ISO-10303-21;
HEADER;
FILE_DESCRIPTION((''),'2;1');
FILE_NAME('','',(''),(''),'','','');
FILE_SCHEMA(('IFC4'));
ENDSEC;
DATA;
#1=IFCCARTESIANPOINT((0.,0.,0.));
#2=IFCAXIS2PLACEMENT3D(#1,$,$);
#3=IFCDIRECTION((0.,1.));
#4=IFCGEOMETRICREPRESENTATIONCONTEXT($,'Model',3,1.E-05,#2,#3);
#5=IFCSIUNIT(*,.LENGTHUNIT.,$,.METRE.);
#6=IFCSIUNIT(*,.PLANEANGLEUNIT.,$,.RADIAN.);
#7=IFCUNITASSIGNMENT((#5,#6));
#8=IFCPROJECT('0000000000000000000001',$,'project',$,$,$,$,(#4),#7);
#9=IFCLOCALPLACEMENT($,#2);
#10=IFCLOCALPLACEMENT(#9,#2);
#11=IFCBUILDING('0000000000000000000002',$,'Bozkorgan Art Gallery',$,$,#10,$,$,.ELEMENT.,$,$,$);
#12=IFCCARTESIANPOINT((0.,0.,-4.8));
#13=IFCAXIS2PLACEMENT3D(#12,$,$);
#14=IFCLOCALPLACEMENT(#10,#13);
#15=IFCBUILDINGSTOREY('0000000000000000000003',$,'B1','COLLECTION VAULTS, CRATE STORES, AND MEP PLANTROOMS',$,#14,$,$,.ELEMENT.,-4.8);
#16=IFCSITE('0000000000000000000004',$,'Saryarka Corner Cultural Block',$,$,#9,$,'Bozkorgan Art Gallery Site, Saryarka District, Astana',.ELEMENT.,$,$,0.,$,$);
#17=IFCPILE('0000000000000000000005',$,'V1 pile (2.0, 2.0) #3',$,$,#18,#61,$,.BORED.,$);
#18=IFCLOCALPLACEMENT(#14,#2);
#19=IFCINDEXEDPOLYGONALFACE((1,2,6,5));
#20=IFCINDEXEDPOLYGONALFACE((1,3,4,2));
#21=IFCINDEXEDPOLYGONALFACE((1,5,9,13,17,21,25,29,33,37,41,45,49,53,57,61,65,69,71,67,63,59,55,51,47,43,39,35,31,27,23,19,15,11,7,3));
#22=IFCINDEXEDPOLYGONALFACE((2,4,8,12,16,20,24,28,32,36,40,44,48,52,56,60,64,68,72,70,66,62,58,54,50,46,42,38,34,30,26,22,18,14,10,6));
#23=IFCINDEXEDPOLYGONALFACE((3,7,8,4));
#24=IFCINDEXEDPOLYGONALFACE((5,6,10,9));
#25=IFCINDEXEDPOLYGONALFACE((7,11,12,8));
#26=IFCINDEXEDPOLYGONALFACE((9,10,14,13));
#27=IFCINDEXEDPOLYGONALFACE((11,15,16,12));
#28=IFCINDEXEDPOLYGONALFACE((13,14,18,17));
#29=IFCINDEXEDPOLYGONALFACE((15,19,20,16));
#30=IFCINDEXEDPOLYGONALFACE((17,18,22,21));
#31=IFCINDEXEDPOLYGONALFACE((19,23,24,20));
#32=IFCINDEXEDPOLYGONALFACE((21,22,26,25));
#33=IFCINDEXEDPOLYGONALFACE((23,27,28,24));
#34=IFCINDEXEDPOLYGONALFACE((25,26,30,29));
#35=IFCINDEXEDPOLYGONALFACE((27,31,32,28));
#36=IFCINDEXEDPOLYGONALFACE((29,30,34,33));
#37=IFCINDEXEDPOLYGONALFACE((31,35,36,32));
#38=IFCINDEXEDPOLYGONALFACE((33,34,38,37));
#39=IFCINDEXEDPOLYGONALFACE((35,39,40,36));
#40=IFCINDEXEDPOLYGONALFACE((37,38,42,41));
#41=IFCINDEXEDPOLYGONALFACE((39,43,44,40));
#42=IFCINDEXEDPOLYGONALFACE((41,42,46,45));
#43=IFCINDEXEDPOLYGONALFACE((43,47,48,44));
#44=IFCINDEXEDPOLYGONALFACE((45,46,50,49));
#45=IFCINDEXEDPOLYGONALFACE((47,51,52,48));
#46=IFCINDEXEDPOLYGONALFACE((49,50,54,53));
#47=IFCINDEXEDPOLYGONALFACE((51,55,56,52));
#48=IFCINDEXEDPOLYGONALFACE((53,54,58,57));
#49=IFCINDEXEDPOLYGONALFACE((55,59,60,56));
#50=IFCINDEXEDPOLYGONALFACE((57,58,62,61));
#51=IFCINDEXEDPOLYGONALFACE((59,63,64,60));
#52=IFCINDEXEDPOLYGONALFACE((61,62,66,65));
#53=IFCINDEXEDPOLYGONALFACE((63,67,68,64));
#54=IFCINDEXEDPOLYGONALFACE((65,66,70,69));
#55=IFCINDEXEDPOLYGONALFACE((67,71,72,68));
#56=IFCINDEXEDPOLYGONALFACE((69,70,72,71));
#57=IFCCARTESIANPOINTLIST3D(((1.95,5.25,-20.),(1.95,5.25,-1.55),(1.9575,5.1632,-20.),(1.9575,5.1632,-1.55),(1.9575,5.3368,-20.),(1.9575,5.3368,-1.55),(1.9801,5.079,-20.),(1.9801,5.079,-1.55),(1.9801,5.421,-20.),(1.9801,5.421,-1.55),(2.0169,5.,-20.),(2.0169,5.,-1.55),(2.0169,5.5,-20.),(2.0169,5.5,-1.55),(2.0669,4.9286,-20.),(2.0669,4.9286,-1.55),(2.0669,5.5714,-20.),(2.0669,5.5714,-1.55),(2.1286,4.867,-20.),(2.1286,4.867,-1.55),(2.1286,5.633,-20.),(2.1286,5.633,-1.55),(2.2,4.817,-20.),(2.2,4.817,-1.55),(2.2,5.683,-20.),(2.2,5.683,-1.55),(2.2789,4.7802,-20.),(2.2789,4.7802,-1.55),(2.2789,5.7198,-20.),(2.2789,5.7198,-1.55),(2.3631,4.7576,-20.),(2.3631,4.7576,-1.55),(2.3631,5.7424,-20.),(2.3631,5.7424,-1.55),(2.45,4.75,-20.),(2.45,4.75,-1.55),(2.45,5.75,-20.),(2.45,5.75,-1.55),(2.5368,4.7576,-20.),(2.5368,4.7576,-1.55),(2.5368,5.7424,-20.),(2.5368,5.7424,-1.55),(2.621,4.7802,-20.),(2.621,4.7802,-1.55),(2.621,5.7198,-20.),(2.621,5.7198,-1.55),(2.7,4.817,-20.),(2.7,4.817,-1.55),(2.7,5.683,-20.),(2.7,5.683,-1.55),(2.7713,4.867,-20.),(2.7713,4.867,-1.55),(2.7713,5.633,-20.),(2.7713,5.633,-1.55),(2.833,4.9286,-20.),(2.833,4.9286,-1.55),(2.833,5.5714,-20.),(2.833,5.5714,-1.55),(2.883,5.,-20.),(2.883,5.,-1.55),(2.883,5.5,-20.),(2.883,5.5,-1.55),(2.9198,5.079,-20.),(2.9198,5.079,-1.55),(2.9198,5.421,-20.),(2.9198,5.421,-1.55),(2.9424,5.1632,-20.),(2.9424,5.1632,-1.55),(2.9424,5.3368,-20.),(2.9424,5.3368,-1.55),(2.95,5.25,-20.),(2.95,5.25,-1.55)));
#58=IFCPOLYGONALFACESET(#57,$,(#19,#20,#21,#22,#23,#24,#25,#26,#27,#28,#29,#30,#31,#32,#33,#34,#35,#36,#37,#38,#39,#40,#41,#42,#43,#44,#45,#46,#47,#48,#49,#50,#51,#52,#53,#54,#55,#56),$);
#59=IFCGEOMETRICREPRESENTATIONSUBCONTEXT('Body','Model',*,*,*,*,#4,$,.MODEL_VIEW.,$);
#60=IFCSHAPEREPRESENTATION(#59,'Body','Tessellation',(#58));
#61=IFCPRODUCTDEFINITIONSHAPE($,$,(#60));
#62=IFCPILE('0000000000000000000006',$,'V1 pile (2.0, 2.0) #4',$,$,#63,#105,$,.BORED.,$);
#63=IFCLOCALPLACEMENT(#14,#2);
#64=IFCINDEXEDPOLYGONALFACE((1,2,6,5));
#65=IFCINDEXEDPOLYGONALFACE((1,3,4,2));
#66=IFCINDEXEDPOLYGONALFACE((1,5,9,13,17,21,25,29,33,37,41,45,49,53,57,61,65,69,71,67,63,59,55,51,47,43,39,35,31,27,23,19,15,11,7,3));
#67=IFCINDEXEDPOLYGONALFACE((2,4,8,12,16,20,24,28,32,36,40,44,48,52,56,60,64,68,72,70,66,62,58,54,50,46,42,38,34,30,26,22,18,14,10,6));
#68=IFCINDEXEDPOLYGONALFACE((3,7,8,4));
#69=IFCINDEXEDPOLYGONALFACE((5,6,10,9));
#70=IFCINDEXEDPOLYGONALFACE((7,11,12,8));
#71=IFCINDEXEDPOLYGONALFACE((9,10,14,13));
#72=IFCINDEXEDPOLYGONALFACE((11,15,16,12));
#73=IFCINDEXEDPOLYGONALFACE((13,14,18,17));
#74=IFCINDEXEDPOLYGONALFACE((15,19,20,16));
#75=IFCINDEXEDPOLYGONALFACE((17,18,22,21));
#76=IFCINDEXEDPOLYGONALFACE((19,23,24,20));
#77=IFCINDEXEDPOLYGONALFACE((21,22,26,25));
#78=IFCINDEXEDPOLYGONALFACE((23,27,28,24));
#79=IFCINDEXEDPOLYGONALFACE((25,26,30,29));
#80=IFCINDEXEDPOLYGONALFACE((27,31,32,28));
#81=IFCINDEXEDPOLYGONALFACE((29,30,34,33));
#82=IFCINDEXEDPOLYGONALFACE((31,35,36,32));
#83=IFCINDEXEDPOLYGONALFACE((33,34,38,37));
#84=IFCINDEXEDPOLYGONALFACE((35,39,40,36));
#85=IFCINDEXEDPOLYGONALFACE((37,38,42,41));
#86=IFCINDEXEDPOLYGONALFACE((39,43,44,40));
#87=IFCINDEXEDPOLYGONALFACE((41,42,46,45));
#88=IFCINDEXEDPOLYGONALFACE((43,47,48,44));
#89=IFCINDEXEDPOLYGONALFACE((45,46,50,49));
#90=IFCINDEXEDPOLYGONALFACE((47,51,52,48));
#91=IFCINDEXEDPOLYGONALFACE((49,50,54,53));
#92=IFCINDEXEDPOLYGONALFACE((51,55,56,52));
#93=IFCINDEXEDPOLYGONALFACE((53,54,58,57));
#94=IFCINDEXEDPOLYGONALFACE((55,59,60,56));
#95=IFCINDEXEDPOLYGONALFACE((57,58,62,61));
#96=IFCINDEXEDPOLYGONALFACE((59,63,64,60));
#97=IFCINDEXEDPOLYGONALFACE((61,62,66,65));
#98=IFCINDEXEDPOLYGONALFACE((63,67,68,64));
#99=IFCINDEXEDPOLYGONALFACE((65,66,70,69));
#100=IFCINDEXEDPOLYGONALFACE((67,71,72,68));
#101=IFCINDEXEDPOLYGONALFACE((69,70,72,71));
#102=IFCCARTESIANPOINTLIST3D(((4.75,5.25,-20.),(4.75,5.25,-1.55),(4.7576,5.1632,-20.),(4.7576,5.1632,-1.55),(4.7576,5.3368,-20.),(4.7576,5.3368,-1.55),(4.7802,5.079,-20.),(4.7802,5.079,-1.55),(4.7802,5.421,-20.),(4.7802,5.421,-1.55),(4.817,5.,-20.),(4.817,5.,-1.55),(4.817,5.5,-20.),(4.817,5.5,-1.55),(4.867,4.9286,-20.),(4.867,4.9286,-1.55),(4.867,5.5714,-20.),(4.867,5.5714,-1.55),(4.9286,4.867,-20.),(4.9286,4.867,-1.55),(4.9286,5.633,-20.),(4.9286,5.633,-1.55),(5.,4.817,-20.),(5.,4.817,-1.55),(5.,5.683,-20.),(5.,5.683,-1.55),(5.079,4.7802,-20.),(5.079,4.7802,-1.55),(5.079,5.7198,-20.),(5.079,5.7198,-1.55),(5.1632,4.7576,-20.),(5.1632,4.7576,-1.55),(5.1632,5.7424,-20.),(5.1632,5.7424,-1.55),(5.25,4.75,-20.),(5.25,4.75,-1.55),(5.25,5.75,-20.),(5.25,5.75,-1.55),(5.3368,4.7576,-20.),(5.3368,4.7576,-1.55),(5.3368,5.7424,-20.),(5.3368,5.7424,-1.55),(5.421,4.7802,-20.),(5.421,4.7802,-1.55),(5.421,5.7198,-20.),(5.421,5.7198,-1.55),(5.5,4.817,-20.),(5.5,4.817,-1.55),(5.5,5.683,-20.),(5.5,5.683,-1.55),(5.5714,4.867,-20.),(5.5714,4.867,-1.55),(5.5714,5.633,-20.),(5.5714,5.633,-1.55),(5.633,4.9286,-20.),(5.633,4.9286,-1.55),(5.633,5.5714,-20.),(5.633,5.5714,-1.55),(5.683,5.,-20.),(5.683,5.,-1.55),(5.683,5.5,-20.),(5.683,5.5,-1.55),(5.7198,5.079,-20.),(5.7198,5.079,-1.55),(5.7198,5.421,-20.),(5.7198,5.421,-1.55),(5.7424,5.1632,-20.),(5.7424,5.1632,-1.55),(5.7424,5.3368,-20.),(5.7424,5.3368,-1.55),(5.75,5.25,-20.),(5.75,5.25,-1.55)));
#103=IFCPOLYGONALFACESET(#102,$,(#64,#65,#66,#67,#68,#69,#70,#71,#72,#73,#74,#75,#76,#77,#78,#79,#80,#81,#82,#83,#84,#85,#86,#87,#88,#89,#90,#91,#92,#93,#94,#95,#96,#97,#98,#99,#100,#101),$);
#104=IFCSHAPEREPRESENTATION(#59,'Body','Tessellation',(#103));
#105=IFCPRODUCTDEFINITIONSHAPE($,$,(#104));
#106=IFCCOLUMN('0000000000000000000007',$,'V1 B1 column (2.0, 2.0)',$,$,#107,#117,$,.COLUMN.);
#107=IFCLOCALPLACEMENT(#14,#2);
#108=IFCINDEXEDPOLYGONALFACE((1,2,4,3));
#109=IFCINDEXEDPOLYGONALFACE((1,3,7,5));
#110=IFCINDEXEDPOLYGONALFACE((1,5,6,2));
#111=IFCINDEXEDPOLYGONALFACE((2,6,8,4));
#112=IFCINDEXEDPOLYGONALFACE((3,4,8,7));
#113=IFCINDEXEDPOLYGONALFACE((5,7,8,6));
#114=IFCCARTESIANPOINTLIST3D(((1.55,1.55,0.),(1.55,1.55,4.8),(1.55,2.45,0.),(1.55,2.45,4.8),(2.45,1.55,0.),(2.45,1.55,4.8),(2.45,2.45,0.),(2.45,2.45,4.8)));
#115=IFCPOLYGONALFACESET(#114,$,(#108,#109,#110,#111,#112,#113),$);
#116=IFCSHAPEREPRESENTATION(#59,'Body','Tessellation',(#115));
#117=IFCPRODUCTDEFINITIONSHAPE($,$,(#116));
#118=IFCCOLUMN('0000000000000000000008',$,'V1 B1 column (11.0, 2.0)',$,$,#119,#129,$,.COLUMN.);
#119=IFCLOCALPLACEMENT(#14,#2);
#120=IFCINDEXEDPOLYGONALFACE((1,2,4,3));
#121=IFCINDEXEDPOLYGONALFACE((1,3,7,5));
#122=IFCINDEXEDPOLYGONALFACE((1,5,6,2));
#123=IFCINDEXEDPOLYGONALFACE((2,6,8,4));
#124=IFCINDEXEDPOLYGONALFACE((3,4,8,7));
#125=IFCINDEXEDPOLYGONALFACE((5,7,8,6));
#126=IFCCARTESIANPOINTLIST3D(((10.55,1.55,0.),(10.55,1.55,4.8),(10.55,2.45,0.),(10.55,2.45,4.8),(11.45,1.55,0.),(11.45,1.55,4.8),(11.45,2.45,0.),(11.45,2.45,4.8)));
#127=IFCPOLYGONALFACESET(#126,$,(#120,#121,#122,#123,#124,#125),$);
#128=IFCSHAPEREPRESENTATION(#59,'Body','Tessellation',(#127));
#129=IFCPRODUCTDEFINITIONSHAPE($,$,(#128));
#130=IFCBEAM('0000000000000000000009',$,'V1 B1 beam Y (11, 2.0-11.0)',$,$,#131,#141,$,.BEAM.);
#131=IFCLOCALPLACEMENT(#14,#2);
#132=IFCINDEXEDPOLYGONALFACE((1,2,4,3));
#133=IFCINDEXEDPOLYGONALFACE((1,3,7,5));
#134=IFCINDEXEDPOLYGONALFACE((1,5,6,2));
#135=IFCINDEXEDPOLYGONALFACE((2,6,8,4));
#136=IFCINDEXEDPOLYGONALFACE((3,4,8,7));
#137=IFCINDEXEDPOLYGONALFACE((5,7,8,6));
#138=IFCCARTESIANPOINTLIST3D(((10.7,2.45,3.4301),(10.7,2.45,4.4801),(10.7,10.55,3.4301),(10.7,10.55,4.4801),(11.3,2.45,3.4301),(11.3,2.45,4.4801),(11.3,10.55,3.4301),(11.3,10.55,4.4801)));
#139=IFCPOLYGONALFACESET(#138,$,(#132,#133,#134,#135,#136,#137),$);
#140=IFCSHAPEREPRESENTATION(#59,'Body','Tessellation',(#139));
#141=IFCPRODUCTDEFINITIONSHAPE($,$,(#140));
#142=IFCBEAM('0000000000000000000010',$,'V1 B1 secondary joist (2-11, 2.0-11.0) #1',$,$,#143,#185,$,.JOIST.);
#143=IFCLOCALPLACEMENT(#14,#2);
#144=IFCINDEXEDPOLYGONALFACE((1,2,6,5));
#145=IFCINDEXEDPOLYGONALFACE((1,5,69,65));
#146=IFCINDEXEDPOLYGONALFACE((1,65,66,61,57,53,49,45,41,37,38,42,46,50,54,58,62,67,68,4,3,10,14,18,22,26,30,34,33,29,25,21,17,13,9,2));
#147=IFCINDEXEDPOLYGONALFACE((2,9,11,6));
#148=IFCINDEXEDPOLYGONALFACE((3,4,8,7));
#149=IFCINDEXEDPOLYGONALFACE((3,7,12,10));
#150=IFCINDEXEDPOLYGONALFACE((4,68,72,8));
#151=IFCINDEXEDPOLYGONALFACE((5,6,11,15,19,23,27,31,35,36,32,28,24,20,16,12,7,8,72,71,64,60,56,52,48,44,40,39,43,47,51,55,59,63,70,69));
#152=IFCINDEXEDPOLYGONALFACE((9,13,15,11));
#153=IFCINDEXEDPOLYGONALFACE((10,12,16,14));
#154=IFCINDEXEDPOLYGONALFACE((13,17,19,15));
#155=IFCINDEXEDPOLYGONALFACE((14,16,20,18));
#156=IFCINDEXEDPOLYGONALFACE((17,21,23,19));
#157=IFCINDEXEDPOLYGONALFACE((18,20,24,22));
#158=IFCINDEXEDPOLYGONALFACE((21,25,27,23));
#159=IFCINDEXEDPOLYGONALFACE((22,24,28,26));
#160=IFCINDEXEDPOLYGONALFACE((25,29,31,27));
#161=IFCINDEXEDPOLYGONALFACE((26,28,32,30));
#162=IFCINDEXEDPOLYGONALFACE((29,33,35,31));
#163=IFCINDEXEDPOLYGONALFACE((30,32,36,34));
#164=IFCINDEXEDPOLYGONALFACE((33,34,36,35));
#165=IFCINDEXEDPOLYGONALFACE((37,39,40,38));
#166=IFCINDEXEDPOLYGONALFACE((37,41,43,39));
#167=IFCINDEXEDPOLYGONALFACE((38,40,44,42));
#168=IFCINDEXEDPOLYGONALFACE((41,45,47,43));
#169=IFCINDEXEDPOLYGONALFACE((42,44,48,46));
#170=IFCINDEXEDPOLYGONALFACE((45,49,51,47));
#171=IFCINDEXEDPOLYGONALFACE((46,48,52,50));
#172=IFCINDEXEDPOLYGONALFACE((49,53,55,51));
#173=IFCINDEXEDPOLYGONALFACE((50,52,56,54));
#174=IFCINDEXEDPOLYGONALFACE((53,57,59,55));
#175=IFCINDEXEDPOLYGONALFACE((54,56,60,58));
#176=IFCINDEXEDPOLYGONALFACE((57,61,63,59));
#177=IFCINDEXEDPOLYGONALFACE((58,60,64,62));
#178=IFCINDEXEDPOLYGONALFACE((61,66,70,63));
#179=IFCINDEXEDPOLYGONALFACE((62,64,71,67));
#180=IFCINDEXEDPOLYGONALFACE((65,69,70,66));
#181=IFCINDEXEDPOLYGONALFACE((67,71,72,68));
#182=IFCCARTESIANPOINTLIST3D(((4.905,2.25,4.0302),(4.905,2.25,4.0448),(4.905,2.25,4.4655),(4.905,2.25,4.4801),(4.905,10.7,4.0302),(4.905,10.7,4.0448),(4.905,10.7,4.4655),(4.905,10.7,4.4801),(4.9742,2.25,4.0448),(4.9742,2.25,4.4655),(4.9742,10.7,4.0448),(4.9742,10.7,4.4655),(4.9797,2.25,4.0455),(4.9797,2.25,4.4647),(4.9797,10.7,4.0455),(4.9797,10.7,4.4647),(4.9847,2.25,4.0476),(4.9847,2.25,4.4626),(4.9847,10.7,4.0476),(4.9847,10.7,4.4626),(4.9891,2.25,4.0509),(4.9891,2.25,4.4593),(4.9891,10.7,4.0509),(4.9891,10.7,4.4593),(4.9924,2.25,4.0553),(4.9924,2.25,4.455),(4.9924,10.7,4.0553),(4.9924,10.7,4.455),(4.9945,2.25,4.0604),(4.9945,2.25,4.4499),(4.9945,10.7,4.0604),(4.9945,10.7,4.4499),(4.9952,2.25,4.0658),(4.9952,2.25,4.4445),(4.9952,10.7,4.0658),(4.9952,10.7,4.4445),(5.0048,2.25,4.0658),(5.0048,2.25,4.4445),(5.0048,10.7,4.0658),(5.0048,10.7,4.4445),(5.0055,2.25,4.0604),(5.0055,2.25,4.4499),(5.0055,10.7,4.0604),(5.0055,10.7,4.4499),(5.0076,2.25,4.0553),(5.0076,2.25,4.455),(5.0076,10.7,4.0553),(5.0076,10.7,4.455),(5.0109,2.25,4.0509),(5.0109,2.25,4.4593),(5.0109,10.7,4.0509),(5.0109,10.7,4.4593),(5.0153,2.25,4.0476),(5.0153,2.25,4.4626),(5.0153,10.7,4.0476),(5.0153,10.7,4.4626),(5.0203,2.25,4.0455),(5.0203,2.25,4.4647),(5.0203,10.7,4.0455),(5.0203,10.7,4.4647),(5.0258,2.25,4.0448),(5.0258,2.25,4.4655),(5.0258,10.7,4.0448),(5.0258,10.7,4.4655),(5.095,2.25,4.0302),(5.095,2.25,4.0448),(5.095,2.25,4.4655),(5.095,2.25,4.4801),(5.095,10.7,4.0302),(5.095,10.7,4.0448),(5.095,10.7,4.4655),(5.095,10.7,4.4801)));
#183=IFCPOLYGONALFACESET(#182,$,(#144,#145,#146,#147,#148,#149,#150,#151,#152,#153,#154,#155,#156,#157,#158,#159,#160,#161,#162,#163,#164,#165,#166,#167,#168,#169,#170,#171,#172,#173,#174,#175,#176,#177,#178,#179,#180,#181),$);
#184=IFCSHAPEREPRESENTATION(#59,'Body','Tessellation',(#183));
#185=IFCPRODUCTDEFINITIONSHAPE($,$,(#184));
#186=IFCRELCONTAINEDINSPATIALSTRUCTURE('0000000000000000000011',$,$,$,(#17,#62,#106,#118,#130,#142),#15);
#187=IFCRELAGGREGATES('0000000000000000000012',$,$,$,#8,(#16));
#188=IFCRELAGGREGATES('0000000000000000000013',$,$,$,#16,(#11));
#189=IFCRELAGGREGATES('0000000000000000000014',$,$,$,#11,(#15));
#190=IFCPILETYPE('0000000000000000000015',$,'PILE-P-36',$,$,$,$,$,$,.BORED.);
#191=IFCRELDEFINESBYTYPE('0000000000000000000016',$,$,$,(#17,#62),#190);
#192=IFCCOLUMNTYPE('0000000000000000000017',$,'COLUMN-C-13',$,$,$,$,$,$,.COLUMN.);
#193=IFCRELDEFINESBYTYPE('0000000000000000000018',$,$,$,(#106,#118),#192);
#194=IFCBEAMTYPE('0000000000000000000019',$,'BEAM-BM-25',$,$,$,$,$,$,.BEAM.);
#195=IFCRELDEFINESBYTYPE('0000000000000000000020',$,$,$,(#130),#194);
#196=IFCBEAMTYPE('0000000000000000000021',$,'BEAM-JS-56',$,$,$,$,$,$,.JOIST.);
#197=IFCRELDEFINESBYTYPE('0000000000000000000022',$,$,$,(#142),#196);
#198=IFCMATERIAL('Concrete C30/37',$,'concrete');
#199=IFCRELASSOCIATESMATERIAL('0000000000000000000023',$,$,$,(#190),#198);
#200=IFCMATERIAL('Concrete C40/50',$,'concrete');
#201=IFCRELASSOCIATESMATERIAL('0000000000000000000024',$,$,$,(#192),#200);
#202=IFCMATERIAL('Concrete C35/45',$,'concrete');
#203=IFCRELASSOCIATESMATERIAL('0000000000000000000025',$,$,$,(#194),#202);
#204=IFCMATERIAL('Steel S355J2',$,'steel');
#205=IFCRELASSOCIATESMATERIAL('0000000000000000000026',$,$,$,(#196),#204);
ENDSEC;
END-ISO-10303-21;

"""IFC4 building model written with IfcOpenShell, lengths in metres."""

from ifc_helpers import new_model, si_unit, direction, frame, origin, origin_2d, place, context, subcontext, project, spatial, rectangle, circle, i_section, extrude, material, material_profile, profile_set, type_object, element, save


model = new_model("IFC4")

# Units and contexts
model_context = context("Model", 3, precision=1e-05, world=origin(), true_north=direction((0.0, 1.0)))
body_context = subcontext(model_context, "Body", "Model", "MODEL_VIEW")
ifc_project = project(units=[si_unit("LENGTHUNIT", "METRE"), si_unit("PLANEANGLEUNIT", "RADIAN")], contexts=[model_context])

# Site, building, storey
site_placement = place(None, origin())
site = spatial("IfcSite", under=ifc_project, at=site_placement, Name="Saryarka Corner Cultural Block", LongName="Bozkorgan Art Gallery Site, Saryarka District, Astana", CompositionType="ELEMENT", RefElevation=0.0)
building_placement = place(site_placement, origin())
building = spatial("IfcBuilding", under=site, at=building_placement, Name="Bozkorgan Art Gallery", CompositionType="ELEMENT")
storey_placement = place(building_placement, frame((0.0, 0.0, -4.8)))
storey = spatial("IfcBuildingStorey", under=building, at=storey_placement, Name="B1", Description="COLLECTION VAULTS, CRATE STORES, AND MEP PLANTROOMS", CompositionType="ELEMENT", Elevation=-4.8)

# Shared definitions
ifc_material_1 = material(Name="Concrete C30/37", Category="concrete")

# Piles
ifc_material_profile_1 = material_profile(ifc_material_1, circle(Radius=0.5, at=origin_2d()), Name="PILE D1000")
ifc_profile_set_1 = profile_set([ifc_material_profile_1], Name="Concrete C30/37")
pile_type = type_object("IfcPileType", Name="PILE-P-36", PredefinedType="BORED", material=ifc_profile_set_1)
for number, where, z_axis, x_axis, name in (
    (1, (2.45, 5.25, -1.55), (0.0, 0.0, -1.0), (1.0, 0.0, 0.0), "V1 pile (2.0, 2.0) #3"),
    (2, (5.25, 5.25, -1.55), (0.0, 0.0, -1.0), (1.0, 0.0, 0.0), "V1 pile (2.0, 2.0) #4"),
):
    element("IfcPile", number, at=place(storey_placement, frame(where, z_axis=z_axis, x_axis=x_axis)), inside=storey, type_object=pile_type, Name=name, PredefinedType="BORED", context=body_context, shape_type="SweptSolid", body=[
        extrude(circle(Radius=0.5, at=origin_2d()), origin(), (0.0, 0.0, 1.0), 18.45),
    ])

# Columns
ifc_material_2 = material(Name="Concrete C40/50", Category="concrete")
ifc_material_profile_2 = material_profile(ifc_material_2, rectangle(XDim=0.8999, YDim=0.8999, at=origin_2d()), Name="RC 900x900")
ifc_profile_set_2 = profile_set([ifc_material_profile_2], Name="Concrete C40/50")
column_type = type_object("IfcColumnType", Name="COLUMN-C-13", PredefinedType="COLUMN", material=ifc_profile_set_2)
for number, where, z_axis, x_axis, name in (
    (3, (2.0, 2.0, 0.0), (0.0, 0.0, 1.0), (1.0, 0.0, 0.0), "V1 B1 column (2.0, 2.0)"),
    (4, (11.0, 2.0, 0.0), (0.0, 0.0, 1.0), (1.0, 0.0, 0.0), "V1 B1 column (11.0, 2.0)"),
):
    element("IfcColumn", number, at=place(storey_placement, frame(where, z_axis=z_axis, x_axis=x_axis)), inside=storey, type_object=column_type, Name=name, PredefinedType="COLUMN", context=body_context, shape_type="SweptSolid", body=[
        extrude(rectangle(XDim=0.8999, YDim=0.8999, at=origin_2d()), origin(), (0.0, 0.0, 1.0), 4.8),
    ])

# Beams
ifc_material_3 = material(Name="Concrete C35/45", Category="concrete")
ifc_material_profile_3 = material_profile(ifc_material_3, rectangle(XDim=0.6001, YDim=1.05, at=origin_2d()), Name="RC 600x1050")
ifc_profile_set_3 = profile_set([ifc_material_profile_3], Name="Concrete C35/45")
beam_type_1 = type_object("IfcBeamType", Name="BEAM-BM-25", PredefinedType="BEAM", material=ifc_profile_set_3)
beam_placement = place(storey_placement, frame((11.0, 2.45, 3.9551), z_axis=(0.0, 1.0, 0.0), x_axis=(-1.0, 0.0, 0.0)))
element("IfcBeam", 5, at=beam_placement, inside=storey, type_object=beam_type_1, Name="V1 B1 beam Y (11, 2.0-11.0)", PredefinedType="BEAM", context=body_context, shape_type="SweptSolid", body=[
    extrude(rectangle(XDim=0.6001, YDim=1.05, at=origin_2d()), origin(), (0.0, 0.0, 1.0), 8.1001),
])
ifc_material_4 = material(Name="Steel S355J2", Category="steel")
ifc_material_profile_4 = material_profile(ifc_material_4, i_section(OverallWidth=0.1899, OverallDepth=0.45, WebThickness=0.0095, FlangeThickness=0.0146, FilletRadius=0.021, at=origin_2d()), Name="IPE 450")
ifc_profile_set_4 = profile_set([ifc_material_profile_4], Name="Steel S355J2")
beam_type_2 = type_object("IfcBeamType", Name="BEAM-JS-56", PredefinedType="JOIST", material=ifc_profile_set_4)
for number, where, z_axis, x_axis, name in (
    (6, (5.0, 2.25, 4.2551), (0.0, 1.0, 0.0), (-1.0, 0.0, 0.0), "V1 B1 secondary joist (2-11, 2.0-11.0) #1"),
):
    element("IfcBeam", number, at=place(storey_placement, frame(where, z_axis=z_axis, x_axis=x_axis)), inside=storey, type_object=beam_type_2, Name=name, PredefinedType="JOIST", context=body_context, shape_type="SweptSolid", body=[
        extrude(i_section(OverallWidth=0.1899, OverallDepth=0.45, WebThickness=0.0095, FlangeThickness=0.0146, FilletRadius=0.021, at=origin_2d()), origin(), (0.0, 0.0, 1.0), 8.45),
    ])

save(model, "model.ifc")
